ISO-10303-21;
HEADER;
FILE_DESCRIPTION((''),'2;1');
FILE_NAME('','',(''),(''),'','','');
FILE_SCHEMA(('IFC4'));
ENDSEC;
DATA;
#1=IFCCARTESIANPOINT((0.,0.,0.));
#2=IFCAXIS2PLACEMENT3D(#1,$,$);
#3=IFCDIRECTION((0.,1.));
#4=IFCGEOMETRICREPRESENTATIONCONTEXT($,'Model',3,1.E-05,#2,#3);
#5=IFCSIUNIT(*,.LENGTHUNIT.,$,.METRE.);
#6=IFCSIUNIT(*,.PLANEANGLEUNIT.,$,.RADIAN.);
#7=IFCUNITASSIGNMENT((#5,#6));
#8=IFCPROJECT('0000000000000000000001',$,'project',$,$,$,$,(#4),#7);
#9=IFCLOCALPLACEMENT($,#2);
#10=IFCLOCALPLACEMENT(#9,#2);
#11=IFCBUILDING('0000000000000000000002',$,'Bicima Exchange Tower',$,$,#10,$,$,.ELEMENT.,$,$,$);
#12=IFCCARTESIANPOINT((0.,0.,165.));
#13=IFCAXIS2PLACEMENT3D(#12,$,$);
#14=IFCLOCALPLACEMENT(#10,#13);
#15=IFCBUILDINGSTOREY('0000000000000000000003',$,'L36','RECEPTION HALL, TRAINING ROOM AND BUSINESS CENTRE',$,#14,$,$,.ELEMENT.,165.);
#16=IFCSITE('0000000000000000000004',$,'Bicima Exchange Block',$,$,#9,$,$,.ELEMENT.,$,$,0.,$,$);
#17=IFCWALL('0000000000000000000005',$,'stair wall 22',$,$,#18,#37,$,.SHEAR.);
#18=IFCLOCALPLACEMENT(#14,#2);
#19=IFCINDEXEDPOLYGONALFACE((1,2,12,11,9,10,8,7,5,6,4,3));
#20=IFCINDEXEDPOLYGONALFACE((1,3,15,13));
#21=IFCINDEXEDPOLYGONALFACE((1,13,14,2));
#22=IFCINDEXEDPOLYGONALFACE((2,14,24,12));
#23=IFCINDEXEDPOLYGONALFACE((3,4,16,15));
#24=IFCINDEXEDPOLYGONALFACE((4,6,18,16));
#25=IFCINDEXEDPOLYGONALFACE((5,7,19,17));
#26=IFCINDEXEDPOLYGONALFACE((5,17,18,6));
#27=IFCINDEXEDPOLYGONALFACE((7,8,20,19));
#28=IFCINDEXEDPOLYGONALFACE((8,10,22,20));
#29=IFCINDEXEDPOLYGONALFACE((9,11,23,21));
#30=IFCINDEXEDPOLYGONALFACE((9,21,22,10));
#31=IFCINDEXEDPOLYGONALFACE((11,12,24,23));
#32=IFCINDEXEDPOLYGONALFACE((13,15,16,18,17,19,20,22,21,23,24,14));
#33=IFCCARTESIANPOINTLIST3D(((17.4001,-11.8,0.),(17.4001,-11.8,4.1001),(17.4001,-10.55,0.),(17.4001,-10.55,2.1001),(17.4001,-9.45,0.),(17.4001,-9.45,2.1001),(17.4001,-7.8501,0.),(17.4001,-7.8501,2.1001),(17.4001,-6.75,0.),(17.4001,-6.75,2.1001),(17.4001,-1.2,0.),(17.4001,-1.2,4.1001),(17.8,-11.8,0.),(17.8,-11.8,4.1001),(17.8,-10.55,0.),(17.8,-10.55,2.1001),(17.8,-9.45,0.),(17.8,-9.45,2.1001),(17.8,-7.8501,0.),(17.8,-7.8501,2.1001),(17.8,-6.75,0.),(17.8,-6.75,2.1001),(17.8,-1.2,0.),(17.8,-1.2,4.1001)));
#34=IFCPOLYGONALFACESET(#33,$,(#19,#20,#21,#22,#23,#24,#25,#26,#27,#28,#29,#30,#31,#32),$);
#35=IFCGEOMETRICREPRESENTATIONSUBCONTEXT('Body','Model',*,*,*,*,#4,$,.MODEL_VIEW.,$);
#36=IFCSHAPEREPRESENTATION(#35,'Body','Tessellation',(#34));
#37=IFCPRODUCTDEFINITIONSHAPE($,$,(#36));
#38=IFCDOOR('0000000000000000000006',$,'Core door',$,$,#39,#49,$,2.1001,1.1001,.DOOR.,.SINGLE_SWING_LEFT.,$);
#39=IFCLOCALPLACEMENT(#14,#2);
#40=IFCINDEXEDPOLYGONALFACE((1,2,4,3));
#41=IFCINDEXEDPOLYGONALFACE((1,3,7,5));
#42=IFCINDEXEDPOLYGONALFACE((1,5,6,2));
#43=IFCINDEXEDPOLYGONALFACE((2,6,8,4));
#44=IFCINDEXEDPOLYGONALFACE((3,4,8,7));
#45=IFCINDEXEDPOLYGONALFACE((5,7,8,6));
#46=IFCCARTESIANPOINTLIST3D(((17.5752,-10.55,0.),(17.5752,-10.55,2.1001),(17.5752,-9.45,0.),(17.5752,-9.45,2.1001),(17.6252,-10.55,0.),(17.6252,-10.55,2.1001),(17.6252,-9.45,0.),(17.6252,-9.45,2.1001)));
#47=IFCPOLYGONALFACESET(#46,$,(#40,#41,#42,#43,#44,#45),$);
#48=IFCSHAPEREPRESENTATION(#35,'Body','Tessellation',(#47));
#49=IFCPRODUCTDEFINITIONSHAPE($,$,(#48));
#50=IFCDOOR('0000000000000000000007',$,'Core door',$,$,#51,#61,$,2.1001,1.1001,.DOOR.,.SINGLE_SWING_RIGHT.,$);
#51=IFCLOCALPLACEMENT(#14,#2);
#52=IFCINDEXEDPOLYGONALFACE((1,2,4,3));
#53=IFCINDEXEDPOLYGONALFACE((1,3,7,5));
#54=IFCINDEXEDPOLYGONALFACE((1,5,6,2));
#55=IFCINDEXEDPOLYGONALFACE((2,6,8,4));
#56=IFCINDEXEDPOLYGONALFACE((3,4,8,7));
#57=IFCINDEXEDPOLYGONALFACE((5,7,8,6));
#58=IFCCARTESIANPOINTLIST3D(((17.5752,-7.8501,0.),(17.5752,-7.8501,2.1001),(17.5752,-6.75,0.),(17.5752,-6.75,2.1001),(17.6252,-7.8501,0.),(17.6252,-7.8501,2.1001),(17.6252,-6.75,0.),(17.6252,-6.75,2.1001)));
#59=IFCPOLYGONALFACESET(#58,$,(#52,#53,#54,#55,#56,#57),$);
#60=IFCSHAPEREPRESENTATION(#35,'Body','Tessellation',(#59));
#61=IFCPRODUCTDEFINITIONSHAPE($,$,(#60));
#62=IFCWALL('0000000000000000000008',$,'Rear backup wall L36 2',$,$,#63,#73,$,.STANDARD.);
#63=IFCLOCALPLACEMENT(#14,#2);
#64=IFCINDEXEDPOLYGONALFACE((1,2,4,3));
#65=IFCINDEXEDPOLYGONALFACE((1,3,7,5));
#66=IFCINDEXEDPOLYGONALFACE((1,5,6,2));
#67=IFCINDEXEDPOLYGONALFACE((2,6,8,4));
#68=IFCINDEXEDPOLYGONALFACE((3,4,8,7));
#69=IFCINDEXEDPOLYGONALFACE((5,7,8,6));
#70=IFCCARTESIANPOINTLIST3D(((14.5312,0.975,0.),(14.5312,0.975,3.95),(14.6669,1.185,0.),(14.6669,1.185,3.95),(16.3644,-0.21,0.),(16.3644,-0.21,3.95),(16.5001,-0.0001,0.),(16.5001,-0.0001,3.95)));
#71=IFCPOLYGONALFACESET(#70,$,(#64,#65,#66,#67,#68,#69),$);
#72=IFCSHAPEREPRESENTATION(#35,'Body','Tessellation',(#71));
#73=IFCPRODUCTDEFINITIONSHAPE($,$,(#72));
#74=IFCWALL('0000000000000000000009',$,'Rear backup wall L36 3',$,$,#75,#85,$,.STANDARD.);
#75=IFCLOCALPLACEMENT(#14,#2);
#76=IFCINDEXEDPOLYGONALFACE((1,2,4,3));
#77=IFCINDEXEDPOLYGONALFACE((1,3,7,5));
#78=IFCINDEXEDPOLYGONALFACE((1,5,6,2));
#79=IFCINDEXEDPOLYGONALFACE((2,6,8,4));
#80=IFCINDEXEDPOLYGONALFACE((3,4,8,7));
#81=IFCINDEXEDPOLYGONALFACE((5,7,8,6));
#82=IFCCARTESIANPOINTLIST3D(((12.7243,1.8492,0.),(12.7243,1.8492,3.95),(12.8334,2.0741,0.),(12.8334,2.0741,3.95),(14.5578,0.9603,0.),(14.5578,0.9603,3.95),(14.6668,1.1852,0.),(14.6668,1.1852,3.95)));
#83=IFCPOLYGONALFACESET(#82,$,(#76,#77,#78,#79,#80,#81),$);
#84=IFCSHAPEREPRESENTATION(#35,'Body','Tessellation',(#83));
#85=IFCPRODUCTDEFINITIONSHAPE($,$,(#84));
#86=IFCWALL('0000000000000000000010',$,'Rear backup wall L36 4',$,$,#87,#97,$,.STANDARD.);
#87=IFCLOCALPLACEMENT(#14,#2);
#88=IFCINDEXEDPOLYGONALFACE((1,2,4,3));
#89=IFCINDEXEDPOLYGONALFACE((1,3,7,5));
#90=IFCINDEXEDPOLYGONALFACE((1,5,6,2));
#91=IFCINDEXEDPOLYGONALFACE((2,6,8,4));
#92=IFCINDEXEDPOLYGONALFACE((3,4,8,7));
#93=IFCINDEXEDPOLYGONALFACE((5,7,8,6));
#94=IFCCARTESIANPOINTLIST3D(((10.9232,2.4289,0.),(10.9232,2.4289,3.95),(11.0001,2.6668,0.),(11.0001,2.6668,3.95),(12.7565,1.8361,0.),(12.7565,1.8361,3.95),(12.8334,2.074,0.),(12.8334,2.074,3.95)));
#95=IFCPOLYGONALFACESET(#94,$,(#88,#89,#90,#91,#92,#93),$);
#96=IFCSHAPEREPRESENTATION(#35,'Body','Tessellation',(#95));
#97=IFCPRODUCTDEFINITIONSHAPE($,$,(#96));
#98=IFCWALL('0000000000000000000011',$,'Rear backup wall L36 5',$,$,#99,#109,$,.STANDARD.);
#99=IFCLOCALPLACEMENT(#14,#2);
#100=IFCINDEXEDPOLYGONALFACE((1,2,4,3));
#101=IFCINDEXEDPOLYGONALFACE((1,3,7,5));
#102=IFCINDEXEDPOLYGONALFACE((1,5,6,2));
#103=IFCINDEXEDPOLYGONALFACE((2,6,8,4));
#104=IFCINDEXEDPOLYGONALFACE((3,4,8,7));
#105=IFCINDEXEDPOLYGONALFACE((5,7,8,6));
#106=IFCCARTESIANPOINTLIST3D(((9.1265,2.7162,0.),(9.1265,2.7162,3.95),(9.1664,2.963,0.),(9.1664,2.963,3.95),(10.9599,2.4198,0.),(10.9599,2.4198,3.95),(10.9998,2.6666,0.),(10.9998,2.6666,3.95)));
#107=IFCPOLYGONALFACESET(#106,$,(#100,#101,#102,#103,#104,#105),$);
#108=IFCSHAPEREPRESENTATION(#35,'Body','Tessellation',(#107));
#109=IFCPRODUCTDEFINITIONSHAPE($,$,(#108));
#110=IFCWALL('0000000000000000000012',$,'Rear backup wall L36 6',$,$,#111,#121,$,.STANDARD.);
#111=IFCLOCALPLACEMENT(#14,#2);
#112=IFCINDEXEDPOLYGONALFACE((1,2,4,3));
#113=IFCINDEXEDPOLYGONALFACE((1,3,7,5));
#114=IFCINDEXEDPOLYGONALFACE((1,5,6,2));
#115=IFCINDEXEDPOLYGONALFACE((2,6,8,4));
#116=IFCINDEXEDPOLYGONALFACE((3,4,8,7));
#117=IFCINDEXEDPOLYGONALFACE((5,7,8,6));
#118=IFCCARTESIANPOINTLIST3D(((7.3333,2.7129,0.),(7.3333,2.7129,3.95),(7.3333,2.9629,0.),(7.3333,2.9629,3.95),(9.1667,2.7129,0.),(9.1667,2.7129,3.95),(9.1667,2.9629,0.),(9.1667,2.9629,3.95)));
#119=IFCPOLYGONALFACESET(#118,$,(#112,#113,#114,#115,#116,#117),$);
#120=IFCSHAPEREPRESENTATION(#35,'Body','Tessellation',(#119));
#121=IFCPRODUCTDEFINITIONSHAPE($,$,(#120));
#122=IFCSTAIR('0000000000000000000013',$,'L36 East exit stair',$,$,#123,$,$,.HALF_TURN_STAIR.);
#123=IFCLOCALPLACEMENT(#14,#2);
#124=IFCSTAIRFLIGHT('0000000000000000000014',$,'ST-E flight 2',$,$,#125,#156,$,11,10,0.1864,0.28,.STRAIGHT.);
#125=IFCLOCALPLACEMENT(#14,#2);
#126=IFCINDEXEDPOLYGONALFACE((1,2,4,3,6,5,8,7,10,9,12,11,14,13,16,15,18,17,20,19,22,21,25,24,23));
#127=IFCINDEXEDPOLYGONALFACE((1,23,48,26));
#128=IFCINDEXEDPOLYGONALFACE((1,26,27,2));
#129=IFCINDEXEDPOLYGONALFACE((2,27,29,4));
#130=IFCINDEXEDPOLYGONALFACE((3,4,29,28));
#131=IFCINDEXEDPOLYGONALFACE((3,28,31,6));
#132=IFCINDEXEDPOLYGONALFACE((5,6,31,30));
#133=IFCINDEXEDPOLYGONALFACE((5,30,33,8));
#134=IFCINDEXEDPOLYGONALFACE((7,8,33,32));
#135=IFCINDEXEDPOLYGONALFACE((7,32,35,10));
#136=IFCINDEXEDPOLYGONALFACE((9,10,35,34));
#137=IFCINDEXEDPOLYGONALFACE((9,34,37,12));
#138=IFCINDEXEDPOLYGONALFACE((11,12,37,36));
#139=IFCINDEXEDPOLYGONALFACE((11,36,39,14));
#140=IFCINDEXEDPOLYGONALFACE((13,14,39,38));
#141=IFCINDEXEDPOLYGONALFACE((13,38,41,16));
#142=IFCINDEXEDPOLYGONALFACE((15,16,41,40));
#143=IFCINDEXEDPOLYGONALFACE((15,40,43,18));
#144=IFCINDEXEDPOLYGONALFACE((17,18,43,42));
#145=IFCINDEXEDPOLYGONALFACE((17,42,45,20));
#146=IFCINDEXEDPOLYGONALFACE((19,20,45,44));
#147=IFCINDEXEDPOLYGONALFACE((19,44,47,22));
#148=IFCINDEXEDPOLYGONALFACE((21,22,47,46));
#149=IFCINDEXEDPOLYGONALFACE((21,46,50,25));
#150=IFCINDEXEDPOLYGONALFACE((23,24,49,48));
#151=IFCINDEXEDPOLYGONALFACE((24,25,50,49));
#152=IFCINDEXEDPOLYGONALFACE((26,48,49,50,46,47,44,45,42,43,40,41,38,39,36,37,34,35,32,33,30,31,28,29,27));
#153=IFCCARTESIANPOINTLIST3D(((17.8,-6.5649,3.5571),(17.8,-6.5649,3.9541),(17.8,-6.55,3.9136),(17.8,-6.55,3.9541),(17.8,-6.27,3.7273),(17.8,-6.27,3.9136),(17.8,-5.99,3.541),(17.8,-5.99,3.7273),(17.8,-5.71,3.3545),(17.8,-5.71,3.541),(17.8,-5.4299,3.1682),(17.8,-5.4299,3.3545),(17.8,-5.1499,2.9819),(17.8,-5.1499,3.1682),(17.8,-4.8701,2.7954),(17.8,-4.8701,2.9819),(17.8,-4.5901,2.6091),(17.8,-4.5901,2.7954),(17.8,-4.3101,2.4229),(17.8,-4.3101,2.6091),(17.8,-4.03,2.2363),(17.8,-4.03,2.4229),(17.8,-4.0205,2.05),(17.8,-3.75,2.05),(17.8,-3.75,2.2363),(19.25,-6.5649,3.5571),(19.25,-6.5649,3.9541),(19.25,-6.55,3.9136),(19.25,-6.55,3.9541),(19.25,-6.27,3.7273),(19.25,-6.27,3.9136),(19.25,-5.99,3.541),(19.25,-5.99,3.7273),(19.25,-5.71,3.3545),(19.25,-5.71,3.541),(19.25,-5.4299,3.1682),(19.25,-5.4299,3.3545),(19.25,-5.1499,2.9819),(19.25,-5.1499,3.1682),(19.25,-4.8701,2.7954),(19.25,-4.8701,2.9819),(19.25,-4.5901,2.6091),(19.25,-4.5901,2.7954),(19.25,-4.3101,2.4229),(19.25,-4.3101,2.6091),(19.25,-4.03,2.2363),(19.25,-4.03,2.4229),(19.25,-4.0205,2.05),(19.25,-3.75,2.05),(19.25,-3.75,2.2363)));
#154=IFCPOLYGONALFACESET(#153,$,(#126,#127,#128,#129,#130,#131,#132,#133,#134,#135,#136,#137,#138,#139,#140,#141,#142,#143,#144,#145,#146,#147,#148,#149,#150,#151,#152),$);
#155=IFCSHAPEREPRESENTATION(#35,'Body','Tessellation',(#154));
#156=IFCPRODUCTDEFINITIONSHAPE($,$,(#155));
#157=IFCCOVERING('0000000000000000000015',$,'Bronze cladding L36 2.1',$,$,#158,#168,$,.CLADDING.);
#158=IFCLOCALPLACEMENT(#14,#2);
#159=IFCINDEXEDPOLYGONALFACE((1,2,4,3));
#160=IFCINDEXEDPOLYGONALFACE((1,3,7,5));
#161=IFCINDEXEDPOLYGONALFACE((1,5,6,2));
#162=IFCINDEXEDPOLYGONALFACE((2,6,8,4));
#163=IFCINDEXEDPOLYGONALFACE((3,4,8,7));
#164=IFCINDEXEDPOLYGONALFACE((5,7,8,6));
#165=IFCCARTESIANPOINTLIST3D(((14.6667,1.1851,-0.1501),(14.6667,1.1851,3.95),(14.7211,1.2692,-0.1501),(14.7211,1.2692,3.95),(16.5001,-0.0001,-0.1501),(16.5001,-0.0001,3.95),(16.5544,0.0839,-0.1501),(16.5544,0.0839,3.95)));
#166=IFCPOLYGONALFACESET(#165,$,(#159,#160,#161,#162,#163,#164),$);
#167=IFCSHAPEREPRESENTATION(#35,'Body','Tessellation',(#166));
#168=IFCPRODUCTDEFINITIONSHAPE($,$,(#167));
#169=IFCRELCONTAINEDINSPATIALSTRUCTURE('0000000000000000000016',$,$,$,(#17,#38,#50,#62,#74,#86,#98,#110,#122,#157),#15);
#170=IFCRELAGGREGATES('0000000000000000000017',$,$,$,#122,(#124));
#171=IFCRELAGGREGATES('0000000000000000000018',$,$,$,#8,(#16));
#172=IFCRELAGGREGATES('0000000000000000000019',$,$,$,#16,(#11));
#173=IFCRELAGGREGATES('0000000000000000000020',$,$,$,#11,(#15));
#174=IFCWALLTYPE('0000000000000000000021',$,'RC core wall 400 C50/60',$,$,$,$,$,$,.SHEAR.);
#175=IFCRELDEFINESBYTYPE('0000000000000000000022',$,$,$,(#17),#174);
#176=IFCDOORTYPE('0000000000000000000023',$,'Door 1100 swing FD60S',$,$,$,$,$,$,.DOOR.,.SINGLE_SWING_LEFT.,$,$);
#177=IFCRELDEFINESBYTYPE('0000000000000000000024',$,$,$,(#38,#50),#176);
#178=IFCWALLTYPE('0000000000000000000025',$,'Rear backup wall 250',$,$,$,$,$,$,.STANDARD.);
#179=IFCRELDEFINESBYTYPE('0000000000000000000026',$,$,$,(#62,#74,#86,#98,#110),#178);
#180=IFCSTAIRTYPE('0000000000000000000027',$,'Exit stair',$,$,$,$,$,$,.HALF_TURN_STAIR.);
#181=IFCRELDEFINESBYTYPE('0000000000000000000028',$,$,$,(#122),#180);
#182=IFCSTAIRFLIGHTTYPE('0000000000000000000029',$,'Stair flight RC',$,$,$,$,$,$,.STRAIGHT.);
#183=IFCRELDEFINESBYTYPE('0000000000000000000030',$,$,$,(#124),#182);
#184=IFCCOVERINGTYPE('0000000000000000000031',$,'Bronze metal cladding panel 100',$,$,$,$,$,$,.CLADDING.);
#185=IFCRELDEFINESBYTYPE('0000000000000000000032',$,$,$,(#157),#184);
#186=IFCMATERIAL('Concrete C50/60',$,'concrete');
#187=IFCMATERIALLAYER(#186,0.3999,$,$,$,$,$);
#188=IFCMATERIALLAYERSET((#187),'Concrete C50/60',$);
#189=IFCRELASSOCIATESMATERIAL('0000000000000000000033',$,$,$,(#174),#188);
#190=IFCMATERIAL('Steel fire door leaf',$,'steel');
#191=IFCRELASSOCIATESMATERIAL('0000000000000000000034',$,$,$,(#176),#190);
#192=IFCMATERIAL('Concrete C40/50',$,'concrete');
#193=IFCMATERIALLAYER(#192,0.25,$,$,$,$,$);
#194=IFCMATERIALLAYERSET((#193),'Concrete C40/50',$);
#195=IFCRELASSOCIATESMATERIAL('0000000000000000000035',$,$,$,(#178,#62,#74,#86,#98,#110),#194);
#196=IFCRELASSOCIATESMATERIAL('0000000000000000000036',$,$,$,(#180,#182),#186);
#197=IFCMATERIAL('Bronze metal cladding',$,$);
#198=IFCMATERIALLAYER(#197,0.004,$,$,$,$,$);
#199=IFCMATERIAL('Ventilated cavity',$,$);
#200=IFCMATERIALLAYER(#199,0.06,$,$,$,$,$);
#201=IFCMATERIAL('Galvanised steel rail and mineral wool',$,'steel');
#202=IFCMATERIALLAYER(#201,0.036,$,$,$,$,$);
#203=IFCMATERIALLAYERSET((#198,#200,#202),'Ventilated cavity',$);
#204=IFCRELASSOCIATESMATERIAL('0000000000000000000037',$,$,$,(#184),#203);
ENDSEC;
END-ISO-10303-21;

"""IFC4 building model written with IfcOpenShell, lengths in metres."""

from ifc_helpers import new_model, si_unit, direction, frame, frame_2d, origin, origin_2d, place, context, subcontext, project, spatial, polyline, rectangle, outline, extrude, material, layer, layer_set, layer_usage, type_object, element, fill, aggregate, save


model = new_model("IFC4")

# Units and contexts
model_context = context("Model", 3, precision=1e-05, world=origin(), true_north=direction((0.0, 1.0)))
body_context = subcontext(model_context, "Body", "Model", "MODEL_VIEW")
ifc_project = project(units=[si_unit("LENGTHUNIT", "METRE"), si_unit("PLANEANGLEUNIT", "RADIAN")], contexts=[model_context])

# Site, building, storey
site_placement = place(None, origin())
site = spatial("IfcSite", under=ifc_project, at=site_placement, Name="Bicima Exchange Block", CompositionType="ELEMENT", RefElevation=0.0)
building_placement = place(site_placement, origin())
building = spatial("IfcBuilding", under=site, at=building_placement, Name="Bicima Exchange Tower", CompositionType="ELEMENT")
storey_placement = place(building_placement, frame((0.0, 0.0, 165.0)))
storey = spatial("IfcBuildingStorey", under=building, at=storey_placement, Name="L36", Description="RECEPTION HALL, TRAINING ROOM AND BUSINESS CENTRE", CompositionType="ELEMENT", Elevation=165.0)

# Shared definitions
ifc_material_1 = material(Name="Concrete C50/60", Category="concrete")
ifc_layer_1 = layer(ifc_material_1, 0.3999)
ifc_layer_set_1 = layer_set([ifc_layer_1], Name="Concrete C50/60")
wall_type_1 = type_object("IfcWallType", Name="RC core wall 400 C50/60", PredefinedType="SHEAR", material=ifc_layer_set_1)
ifc_material_2 = material(Name="Steel fire door leaf", Category="steel")

# Wall, openings, doors
door_type_1 = type_object("IfcDoorType", Name="Door 1100 swing FD60S", OperationType="SINGLE_SWING_LEFT", PredefinedType="DOOR", material=ifc_material_2)
wall_1_placement = place(storey_placement, frame((17.6001, -11.8, 0.0), z_axis=(0.0, 0.0, 1.0), x_axis=(0.0, 1.0, 0.0)))
wall_1 = element("IfcWall", 1, at=wall_1_placement, inside=storey, type_object=wall_type_1, Name="stair wall 22", PredefinedType="SHEAR", context=body_context, shape_type="SweptSolid", body=[
    extrude(rectangle(XDim=10.6001, YDim=0.3999, at=frame_2d((5.3, 0.0))), origin(), (0.0, 0.0, 1.0), 4.1001),
])
opening_1_placement = place(wall_1_placement, frame((1.25, 0.0, 0.0)))
opening_1 = element("IfcOpeningElement", 2, at=opening_1_placement, cuts=wall_1, PredefinedType="OPENING", context=body_context, shape_type="SweptSolid", body=[
    extrude(rectangle(XDim=1.1001, YDim=2.1001, at=frame_2d((0.55, 1.05))), frame((0.0, 0.2119, 0.0), z_axis=(0.0, -1.0, 0.0), x_axis=(1.0, 0.0, 0.0)), (0.0, 0.0, 1.0), 0.4238),
])
opening_2_placement = place(wall_1_placement, frame((3.95, 0.0, 0.0)))
opening_2 = element("IfcOpeningElement", 3, at=opening_2_placement, cuts=wall_1, PredefinedType="OPENING", context=body_context, shape_type="SweptSolid", body=[
    extrude(rectangle(XDim=1.1001, YDim=2.1001, at=frame_2d((0.55, 1.05))), frame((0.0, 0.2119, 0.0), z_axis=(0.0, -1.0, 0.0), x_axis=(1.0, 0.0, 0.0)), (0.0, 0.0, 1.0), 0.4238),
])
door_1_placement = place(opening_1_placement, origin())
door_1 = element("IfcDoor", 4, at=door_1_placement, inside=storey, type_object=door_type_1, Name="Core door", OperationType="SINGLE_SWING_LEFT", OverallHeight=2.1001, OverallWidth=1.1001, PredefinedType="DOOR", context=body_context, shape_type="SweptSolid", body=[
    extrude(rectangle(XDim=1.1001, YDim=2.1001, at=frame_2d((0.55, 1.05))), frame((0.0, 0.0249, 0.0), z_axis=(0.0, -1.0, 0.0), x_axis=(1.0, 0.0, 0.0)), (0.0, 0.0, 1.0), 0.05),
])
fill(opening_1, door_1)
door_2_placement = place(opening_2_placement, origin())
door_2 = element("IfcDoor", 5, at=door_2_placement, inside=storey, type_object=door_type_1, Name="Core door", OperationType="SINGLE_SWING_RIGHT", OverallHeight=2.1001, OverallWidth=1.1001, PredefinedType="DOOR", context=body_context, shape_type="SweptSolid", body=[
    extrude(rectangle(XDim=1.1001, YDim=2.1001, at=frame_2d((0.55, 1.05))), frame((0.0, 0.0249, 0.0), z_axis=(0.0, -1.0, 0.0), x_axis=(1.0, 0.0, 0.0)), (0.0, 0.0, 1.0), 0.05),
])
fill(opening_2, door_2)

# Walls
ifc_material_3 = material(Name="Concrete C40/50", Category="concrete")
ifc_layer_2 = layer(ifc_material_3, 0.25)
ifc_layer_set_2 = layer_set([ifc_layer_2], Name="Concrete C40/50")
ifc_layer_usage = layer_usage(ifc_layer_set_2, "AXIS2", "POSITIVE", -0.125)
wall_type_2 = type_object("IfcWallType", Name="Rear backup wall 250", PredefinedType="STANDARD", material=ifc_layer_set_2)
wall_2_placement = place(storey_placement, frame((16.4321, -0.105, 0.0), z_axis=(0.0, 0.0, 1.0), x_axis=(-0.839813, 0.542876, 0.0)))
element("IfcWall", 6, at=wall_2_placement, inside=storey, type_object=wall_type_2, material=ifc_layer_usage, Name="Rear backup wall L36 2", PredefinedType="STANDARD", context=body_context, shape_type="SweptSolid", body=[
    extrude(rectangle(XDim=2.1829, YDim=0.25, at=frame_2d((1.0913, 0.0))), origin(), (0.0, 0.0, 1.0), 3.95),
])
wall_3_placement = place(storey_placement, frame((14.6123, 1.0728, 0.0), z_axis=(0.0, 0.0, 1.0), x_axis=(-0.899824, 0.436253, 0.0)))
element("IfcWall", 7, at=wall_3_placement, inside=storey, type_object=wall_type_2, material=ifc_layer_usage, Name="Rear backup wall L36 3", PredefinedType="STANDARD", context=body_context, shape_type="SweptSolid", body=[
    extrude(rectangle(XDim=2.0376, YDim=0.25, at=frame_2d((1.0188, 0.0))), origin(), (0.0, 0.0, 1.0), 3.95),
])
wall_4_placement = place(storey_placement, frame((12.7949, 1.9551, 0.0), z_axis=(0.0, 0.0, 1.0), x_axis=(-0.951496, 0.307662, 0.0)))
element("IfcWall", 8, at=wall_4_placement, inside=storey, type_object=wall_type_2, material=ifc_layer_usage, Name="Rear backup wall L36 4", PredefinedType="STANDARD", context=body_context, shape_type="SweptSolid", body=[
    extrude(rectangle(XDim=1.9268, YDim=0.25, at=frame_2d((0.9634, 0.0))), origin(), (0.0, 0.0, 1.0), 3.95),
])
wall_5_placement = place(storey_placement, frame((10.98, 2.5432, 0.0), z_axis=(0.0, 0.0, 1.0), x_axis=(-0.987182, 0.1596, 0.0)))
element("IfcWall", 9, at=wall_5_placement, inside=storey, type_object=wall_type_2, material=ifc_layer_usage, Name="Rear backup wall L36 5", PredefinedType="STANDARD", context=body_context, shape_type="SweptSolid", body=[
    extrude(rectangle(XDim=1.8572, YDim=0.25, at=frame_2d((0.9287, 0.0))), origin(), (0.0, 0.0, 1.0), 3.95),
])
wall_6_placement = place(storey_placement, frame((9.1667, 2.8379, 0.0), z_axis=(0.0, 0.0, 1.0), x_axis=(-1.0, 0.0, 0.0)))
element("IfcWall", 10, at=wall_6_placement, inside=storey, type_object=wall_type_2, material=ifc_layer_usage, Name="Rear backup wall L36 6", PredefinedType="STANDARD", context=body_context, shape_type="SweptSolid", body=[
    extrude(rectangle(XDim=1.8335, YDim=0.25, at=frame_2d((0.9167, 0.0))), origin(), (0.0, 0.0, 1.0), 3.95),
])

# Stair, stair flight
stair_type = type_object("IfcStairType", Name="Exit stair", PredefinedType="HALF_TURN_STAIR", material=ifc_material_1)
stair_placement = place(storey_placement, origin())
stair = element("IfcStair", 11, at=stair_placement, inside=storey, type_object=stair_type, Name="L36 East exit stair", PredefinedType="HALF_TURN_STAIR")
stair_flight_type = type_object("IfcStairFlightType", Name="Stair flight RC", PredefinedType="STRAIGHT", material=ifc_material_1)
stair_flight_placement = place(storey_placement, frame((18.5249, -3.75, 2.05), z_axis=(0.0, 0.0, 1.0), x_axis=(0.0, -1.0, 0.0)))
stair_flight = element("IfcStairFlight", 12, at=stair_flight_placement, type_object=stair_flight_type, Name="ST-E flight 2", NumberOfRisers=11, NumberOfTreads=10, PredefinedType="STRAIGHT", RiserHeight=0.1864, TreadLength=0.28, context=body_context, shape_type="SweptSolid", body=[
    extrude(outline(polyline([(0.0, 0.0), (0.0, 0.1863), (0.28, 0.1863), (0.28, 0.3728), (0.5601, 0.3728), (0.5601, 0.5591), (0.8401, 0.5591), (0.8401, 0.7454), (1.1201, 0.7454), (1.1201, 0.9319), (1.3999, 0.9319), (1.3999, 1.1182), (1.6799, 1.1182), (1.6799, 1.3044), (1.96, 1.3044), (1.96, 1.491), (2.24, 1.491), (2.24, 1.6772), (2.52, 1.6772), (2.52, 1.8635), (2.8, 1.8635), (2.8, 1.9041), (2.8149, 1.9041), (2.8149, 1.5071), (0.2705, 0.0), (0.0, 0.0)])), frame((0.0, 0.7251, 0.0), z_axis=(0.0, -1.0, 0.0), x_axis=(1.0, 0.0, 0.0)), (0.0, 0.0, 1.0), 1.45),
])
aggregate(stair, [stair_flight])

# Covering
ifc_material_4 = material(Name="Bronze metal cladding")
ifc_layer_3 = layer(ifc_material_4, 0.004)
ifc_material_5 = material(Name="Ventilated cavity")
ifc_layer_4 = layer(ifc_material_5, 0.06)
ifc_material_6 = material(Name="Galvanised steel rail and mineral wool", Category="steel")
ifc_layer_5 = layer(ifc_material_6, 0.036)
ifc_layer_set_3 = layer_set([ifc_layer_3, ifc_layer_4, ifc_layer_5], Name="Ventilated cavity")
covering_type = type_object("IfcCoveringType", Name="Bronze metal cladding panel 100", PredefinedType="CLADDING", material=ifc_layer_set_3)
covering_1_placement = place(storey_placement, frame((15.6106, 0.6345, -0.1501), z_axis=(0.0, 0.0, 1.0), x_axis=(-0.83979, 0.542911, 0.0)))
element("IfcCovering", 13, at=covering_1_placement, inside=storey, type_object=covering_type, Name="Bronze cladding L36 2.1", PredefinedType="CLADDING", context=body_context, shape_type="SweptSolid", body=[
    extrude(rectangle(XDim=2.1831, YDim=0.1001, at=origin_2d()), origin(), (0.0, 0.0, 1.0), 4.1001),
])

save(model, "model.ifc")
